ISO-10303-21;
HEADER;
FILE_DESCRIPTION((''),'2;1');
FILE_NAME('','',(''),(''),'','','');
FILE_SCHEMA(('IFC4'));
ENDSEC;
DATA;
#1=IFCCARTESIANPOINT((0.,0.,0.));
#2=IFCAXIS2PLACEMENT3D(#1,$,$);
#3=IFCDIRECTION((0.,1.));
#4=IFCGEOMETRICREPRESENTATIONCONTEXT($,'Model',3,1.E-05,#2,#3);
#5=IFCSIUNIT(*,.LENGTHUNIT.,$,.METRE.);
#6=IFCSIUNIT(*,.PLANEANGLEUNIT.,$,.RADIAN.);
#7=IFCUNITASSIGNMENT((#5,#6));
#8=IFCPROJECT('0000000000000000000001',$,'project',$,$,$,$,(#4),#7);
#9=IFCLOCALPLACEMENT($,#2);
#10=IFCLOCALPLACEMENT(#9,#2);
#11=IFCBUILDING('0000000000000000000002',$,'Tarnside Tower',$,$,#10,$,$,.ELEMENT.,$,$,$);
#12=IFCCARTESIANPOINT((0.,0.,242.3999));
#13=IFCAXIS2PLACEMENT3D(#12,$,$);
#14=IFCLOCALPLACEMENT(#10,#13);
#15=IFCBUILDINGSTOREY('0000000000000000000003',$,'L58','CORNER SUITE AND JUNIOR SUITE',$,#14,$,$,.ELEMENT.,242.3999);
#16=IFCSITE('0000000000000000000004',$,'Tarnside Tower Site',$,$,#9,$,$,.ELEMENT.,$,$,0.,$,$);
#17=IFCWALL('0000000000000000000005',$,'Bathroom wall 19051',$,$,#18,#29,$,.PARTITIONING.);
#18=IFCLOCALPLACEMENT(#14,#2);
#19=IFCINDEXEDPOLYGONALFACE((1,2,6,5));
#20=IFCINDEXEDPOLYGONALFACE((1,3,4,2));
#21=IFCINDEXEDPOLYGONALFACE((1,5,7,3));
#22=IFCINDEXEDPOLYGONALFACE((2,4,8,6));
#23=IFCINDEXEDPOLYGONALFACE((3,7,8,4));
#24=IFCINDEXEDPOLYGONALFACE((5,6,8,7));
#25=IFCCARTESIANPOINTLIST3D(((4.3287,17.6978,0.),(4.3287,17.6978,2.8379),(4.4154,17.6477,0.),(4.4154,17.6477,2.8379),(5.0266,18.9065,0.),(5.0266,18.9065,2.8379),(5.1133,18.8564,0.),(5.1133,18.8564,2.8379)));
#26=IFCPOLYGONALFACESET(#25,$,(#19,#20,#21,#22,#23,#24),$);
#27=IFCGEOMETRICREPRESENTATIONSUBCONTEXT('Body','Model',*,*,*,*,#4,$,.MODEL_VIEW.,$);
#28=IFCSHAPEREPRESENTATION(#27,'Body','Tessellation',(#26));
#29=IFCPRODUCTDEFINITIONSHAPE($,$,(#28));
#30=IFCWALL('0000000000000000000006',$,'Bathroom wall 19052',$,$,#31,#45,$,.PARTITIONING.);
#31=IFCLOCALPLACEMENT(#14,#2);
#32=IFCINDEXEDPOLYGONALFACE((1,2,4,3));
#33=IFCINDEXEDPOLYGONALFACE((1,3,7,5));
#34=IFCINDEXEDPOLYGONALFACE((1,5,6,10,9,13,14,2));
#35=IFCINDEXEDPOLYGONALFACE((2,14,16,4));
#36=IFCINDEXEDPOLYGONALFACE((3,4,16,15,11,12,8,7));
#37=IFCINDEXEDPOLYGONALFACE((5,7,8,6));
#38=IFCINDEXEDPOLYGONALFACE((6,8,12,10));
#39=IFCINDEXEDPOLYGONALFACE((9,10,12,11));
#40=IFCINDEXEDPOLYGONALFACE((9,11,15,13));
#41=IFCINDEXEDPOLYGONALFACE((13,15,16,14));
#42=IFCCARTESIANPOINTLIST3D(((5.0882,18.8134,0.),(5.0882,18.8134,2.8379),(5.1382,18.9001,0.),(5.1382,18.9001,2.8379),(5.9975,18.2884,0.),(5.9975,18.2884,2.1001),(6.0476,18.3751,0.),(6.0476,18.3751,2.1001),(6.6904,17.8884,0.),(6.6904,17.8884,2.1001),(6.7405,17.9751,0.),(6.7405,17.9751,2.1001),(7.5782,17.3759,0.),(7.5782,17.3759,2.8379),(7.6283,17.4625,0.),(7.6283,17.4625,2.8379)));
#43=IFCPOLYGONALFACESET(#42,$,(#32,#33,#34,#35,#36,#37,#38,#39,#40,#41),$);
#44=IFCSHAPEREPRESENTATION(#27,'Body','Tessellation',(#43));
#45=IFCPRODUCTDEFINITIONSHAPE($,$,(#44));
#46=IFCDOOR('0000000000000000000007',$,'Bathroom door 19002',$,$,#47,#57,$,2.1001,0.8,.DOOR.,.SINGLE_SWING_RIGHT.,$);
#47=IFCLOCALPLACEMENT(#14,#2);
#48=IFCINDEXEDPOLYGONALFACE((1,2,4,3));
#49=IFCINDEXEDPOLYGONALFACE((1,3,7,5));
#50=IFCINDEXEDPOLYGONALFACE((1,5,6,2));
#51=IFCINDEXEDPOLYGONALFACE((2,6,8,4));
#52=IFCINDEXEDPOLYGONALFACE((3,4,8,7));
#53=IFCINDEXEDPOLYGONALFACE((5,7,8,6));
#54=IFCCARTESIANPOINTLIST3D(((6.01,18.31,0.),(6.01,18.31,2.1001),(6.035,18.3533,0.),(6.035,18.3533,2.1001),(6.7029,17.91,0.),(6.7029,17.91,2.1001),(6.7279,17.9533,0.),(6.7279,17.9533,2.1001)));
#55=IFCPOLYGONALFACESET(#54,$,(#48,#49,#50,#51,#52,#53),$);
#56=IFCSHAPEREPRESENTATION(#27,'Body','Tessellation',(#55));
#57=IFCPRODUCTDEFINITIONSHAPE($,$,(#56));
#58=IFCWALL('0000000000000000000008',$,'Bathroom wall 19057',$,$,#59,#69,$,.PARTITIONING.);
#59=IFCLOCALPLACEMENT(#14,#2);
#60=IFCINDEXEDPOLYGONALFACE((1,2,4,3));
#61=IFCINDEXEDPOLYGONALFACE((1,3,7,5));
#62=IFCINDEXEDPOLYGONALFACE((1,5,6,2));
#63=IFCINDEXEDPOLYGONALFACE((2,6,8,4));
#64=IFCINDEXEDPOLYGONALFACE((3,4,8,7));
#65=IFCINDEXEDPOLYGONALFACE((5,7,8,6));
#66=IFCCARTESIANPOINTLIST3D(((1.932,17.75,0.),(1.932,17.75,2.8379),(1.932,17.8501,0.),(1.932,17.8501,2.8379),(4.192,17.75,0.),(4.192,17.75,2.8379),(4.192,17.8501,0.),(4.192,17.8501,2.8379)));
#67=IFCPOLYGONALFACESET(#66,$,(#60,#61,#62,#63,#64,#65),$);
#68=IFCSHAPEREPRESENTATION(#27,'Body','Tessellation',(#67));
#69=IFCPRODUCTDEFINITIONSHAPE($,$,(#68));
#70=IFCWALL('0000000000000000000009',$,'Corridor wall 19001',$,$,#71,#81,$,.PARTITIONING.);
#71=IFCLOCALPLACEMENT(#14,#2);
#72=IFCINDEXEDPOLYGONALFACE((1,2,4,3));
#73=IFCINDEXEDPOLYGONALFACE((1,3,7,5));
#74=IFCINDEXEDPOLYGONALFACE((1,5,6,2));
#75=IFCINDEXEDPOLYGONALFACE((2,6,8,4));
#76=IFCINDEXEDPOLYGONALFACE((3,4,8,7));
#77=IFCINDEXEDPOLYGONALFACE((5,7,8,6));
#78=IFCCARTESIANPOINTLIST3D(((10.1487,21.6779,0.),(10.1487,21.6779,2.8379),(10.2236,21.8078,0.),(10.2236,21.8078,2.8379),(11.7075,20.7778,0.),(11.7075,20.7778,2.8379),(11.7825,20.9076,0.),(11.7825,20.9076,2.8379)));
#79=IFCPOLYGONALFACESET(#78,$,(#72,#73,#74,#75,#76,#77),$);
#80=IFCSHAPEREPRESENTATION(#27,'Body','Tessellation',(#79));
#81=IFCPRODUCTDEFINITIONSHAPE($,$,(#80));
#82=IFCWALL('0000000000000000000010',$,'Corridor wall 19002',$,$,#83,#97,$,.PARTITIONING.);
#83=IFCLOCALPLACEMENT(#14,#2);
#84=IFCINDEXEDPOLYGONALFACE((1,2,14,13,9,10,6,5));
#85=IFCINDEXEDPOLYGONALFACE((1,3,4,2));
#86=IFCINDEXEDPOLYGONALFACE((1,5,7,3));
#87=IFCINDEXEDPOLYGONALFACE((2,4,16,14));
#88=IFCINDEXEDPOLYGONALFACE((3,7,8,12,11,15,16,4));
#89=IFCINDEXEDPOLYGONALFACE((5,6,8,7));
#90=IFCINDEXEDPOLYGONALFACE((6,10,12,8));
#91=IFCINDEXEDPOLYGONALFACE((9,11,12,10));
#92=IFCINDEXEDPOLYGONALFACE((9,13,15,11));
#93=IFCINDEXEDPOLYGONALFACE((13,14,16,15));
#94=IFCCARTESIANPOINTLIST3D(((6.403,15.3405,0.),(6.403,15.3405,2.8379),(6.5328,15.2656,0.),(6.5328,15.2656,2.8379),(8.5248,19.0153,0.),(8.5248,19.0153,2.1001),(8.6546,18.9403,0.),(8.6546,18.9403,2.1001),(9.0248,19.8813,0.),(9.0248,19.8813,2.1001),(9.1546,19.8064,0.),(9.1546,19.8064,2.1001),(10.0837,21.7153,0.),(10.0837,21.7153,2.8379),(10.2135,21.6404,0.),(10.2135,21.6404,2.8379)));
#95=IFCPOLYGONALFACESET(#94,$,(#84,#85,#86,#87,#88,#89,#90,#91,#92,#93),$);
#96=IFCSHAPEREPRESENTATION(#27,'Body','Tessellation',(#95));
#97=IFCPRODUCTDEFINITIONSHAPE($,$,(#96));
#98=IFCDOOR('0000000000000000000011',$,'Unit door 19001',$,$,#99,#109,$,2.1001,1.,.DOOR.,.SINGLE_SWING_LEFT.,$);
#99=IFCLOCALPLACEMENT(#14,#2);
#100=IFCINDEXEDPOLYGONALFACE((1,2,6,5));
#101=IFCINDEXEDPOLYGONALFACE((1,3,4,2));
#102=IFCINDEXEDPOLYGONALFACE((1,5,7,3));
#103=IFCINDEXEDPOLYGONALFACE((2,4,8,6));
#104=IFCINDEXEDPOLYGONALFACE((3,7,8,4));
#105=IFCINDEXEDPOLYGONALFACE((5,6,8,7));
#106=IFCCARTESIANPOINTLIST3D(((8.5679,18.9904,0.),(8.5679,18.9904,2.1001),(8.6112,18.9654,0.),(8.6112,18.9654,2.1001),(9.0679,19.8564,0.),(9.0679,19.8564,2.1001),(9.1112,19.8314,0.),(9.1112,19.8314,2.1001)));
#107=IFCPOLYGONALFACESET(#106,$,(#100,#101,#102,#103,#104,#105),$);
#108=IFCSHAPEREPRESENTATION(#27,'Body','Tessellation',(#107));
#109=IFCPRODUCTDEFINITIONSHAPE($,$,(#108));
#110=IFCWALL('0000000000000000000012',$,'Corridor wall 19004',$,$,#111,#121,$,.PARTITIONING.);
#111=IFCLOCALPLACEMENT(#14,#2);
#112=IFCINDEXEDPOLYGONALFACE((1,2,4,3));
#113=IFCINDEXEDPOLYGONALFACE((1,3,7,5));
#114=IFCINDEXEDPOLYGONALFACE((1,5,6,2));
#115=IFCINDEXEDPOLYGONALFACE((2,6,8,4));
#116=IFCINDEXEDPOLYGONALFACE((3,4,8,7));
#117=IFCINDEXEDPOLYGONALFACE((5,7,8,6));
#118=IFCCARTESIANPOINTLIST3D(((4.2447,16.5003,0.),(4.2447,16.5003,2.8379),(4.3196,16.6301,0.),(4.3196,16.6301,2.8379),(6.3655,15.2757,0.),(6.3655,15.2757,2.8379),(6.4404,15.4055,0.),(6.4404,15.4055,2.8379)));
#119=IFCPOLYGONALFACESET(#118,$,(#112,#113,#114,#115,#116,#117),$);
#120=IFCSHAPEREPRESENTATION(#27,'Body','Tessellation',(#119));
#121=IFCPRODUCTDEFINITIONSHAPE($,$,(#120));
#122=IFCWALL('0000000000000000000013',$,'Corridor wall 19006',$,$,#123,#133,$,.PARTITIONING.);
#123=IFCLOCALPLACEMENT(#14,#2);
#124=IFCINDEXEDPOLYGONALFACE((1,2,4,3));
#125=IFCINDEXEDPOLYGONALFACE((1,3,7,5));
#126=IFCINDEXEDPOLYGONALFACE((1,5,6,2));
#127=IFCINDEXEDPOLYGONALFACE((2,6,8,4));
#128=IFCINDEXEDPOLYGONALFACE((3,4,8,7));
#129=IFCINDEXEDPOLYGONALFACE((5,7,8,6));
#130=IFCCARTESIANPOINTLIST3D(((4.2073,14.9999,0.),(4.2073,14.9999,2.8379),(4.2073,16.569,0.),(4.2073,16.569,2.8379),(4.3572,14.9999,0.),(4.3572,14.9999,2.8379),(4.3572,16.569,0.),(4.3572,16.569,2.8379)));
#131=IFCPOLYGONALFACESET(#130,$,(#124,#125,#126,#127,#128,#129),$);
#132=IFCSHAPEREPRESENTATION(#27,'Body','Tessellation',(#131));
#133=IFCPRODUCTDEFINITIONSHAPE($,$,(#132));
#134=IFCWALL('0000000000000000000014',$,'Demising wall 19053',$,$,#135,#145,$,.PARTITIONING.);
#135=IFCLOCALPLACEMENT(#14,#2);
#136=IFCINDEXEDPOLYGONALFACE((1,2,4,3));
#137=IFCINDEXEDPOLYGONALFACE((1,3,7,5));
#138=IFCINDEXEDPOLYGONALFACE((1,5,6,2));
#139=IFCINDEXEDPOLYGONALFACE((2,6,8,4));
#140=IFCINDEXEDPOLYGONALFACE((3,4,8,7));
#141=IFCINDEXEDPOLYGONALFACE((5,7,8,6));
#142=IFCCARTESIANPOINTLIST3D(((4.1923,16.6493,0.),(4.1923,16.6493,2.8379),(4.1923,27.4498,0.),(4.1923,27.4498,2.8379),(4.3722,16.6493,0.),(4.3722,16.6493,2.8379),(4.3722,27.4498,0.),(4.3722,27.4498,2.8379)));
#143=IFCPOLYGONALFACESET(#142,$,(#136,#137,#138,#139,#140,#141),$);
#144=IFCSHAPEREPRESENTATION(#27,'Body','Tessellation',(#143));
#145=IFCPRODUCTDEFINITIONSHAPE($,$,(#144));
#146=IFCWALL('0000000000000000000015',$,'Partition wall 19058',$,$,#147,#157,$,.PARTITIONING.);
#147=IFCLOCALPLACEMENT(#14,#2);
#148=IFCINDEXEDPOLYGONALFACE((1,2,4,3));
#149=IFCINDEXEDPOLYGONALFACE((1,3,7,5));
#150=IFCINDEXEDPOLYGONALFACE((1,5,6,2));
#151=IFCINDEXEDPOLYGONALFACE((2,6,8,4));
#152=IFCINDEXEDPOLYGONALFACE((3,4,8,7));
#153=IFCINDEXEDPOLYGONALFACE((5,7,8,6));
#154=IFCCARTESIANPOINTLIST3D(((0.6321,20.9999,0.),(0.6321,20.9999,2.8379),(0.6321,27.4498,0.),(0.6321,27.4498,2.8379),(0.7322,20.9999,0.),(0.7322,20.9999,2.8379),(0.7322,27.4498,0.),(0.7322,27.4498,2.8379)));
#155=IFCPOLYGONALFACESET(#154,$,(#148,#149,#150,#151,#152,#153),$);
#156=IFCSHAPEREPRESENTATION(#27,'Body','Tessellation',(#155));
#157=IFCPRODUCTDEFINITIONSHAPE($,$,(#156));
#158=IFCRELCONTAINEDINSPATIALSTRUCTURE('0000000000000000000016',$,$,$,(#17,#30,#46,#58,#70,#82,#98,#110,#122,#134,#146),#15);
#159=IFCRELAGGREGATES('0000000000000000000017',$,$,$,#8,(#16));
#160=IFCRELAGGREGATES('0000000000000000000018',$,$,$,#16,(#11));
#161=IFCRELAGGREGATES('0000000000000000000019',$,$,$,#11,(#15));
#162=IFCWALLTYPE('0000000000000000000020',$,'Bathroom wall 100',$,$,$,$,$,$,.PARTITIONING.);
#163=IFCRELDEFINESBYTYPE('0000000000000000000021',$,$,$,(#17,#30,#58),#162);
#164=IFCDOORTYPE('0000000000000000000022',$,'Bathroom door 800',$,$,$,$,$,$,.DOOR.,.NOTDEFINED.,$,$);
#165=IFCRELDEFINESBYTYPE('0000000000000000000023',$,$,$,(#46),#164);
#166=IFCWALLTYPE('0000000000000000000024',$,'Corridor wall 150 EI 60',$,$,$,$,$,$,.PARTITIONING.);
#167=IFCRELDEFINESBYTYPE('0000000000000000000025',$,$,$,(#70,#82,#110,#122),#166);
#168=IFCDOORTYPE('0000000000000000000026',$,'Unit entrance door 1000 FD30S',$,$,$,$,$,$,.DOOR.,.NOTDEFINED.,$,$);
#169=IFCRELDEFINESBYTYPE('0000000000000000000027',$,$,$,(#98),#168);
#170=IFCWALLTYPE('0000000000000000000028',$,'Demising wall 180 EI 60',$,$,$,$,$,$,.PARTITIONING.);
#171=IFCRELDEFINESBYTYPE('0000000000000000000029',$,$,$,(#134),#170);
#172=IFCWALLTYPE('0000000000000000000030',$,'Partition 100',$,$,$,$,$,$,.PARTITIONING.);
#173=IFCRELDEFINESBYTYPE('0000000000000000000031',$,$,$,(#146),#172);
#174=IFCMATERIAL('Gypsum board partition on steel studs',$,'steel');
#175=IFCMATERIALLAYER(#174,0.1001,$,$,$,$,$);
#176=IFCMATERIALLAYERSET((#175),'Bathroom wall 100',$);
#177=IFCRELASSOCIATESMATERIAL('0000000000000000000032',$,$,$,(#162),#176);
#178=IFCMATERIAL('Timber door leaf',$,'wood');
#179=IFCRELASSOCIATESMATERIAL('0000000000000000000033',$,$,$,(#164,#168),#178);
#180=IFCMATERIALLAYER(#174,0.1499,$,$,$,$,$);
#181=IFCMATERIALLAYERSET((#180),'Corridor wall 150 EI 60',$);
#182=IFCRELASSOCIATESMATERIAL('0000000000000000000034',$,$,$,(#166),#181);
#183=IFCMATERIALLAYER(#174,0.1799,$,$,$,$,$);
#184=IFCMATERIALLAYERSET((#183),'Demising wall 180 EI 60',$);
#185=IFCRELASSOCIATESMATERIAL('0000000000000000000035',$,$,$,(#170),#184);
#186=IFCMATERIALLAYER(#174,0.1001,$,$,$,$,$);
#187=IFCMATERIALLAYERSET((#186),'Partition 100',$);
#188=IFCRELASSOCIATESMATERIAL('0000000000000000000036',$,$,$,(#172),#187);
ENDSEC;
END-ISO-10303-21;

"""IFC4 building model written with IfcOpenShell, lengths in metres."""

from ifc_helpers import new_model, si_unit, direction, frame, frame_2d, origin, place, context, subcontext, project, spatial, rectangle, extrude, material, layer, layer_set, type_object, element, fill, save


model = new_model("IFC4")

# Units and contexts
model_context = context("Model", 3, precision=1e-05, world=origin(), true_north=direction((0.0, 1.0)))
body_context = subcontext(model_context, "Body", "Model", "MODEL_VIEW")
ifc_project = project(units=[si_unit("LENGTHUNIT", "METRE"), si_unit("PLANEANGLEUNIT", "RADIAN")], contexts=[model_context])

# Site, building, storey
site_placement = place(None, origin())
site = spatial("IfcSite", under=ifc_project, at=site_placement, Name="Tarnside Tower Site", CompositionType="ELEMENT", RefElevation=0.0)
building_placement = place(site_placement, origin())
building = spatial("IfcBuilding", under=site, at=building_placement, Name="Tarnside Tower", CompositionType="ELEMENT")
storey_placement = place(building_placement, frame((0.0, 0.0, 242.3999)))
storey = spatial("IfcBuildingStorey", under=building, at=storey_placement, Name="L58", Description="CORNER SUITE AND JUNIOR SUITE", CompositionType="ELEMENT", Elevation=242.3999)

# Wall
ifc_material_1 = material(Name="Gypsum board partition on steel studs", Category="steel")
ifc_layer_1 = layer(ifc_material_1, 0.1001)
ifc_layer_set_1 = layer_set([ifc_layer_1], Name="Bathroom wall 100")
wall_type_1 = type_object("IfcWallType", Name="Bathroom wall 100", PredefinedType="PARTITIONING", material=ifc_layer_set_1)
wall_1_placement = place(storey_placement, frame((4.3721, 17.6729, 0.0), z_axis=(0.0, 0.0, 1.0), x_axis=(0.500071, 0.865985, 0.0)))
element("IfcWall", 1, at=wall_1_placement, inside=storey, type_object=wall_type_1, Name="Bathroom wall 19051", PredefinedType="PARTITIONING", context=body_context, shape_type="SweptSolid", body=[
    extrude(rectangle(XDim=1.3958, YDim=0.1001, at=frame_2d((0.6978, 0.0))), origin(), (0.0, 0.0, 1.0), 2.8379),
])

# Wall, opening, door
wall_2_placement = place(storey_placement, frame((5.1133, 18.8567, 0.0), z_axis=(0.0, 0.0, 1.0), x_axis=(0.86604, -0.499975, 0.0)))
wall_2 = element("IfcWall", 2, at=wall_2_placement, inside=storey, type_object=wall_type_1, Name="Bathroom wall 19052", PredefinedType="PARTITIONING", context=body_context, shape_type="SweptSolid", body=[
    extrude(rectangle(XDim=2.8752, YDim=0.1001, at=frame_2d((1.4375, 0.0))), origin(), (0.0, 0.0, 1.0), 2.8379),
])
opening_1_placement = place(wall_2_placement, frame((1.05, 0.0, 0.0)))
opening_1 = element("IfcOpeningElement", 3, at=opening_1_placement, cuts=wall_2, PredefinedType="OPENING", context=body_context, shape_type="SweptSolid", body=[
    extrude(rectangle(XDim=0.8, YDim=2.1001, at=frame_2d((0.3999, 1.05))), frame((0.0, 0.0601, 0.0), z_axis=(0.0, -1.0, 0.0), x_axis=(1.0, 0.0, 0.0)), (0.0, 0.0, 1.0), 0.1201),
])
ifc_material_2 = material(Name="Timber door leaf", Category="wood")
door_type_1 = type_object("IfcDoorType", Name="Bathroom door 800", OperationType="NOTDEFINED", PredefinedType="DOOR", material=ifc_material_2)
door_1_placement = place(opening_1_placement, origin())
door_1 = element("IfcDoor", 4, at=door_1_placement, inside=storey, type_object=door_type_1, Name="Bathroom door 19002", OperationType="SINGLE_SWING_RIGHT", OverallHeight=2.1001, OverallWidth=0.8, PredefinedType="DOOR", context=body_context, shape_type="SweptSolid", body=[
    extrude(rectangle(XDim=0.8, YDim=2.1001, at=frame_2d((0.3999, 1.05))), frame((0.0, 0.0249, 0.0), z_axis=(0.0, -1.0, 0.0), x_axis=(1.0, 0.0, 0.0)), (0.0, 0.0, 1.0), 0.05),
])
fill(opening_1, door_1)

# Walls
wall_3_placement = place(storey_placement, frame((1.9321, 17.8, 0.0), z_axis=(0.0, 0.0, 1.0), x_axis=(1.0, 0.0, 0.0)))
element("IfcWall", 5, at=wall_3_placement, inside=storey, type_object=wall_type_1, Name="Bathroom wall 19057", PredefinedType="PARTITIONING", context=body_context, shape_type="SweptSolid", body=[
    extrude(rectangle(XDim=2.26, YDim=0.1001, at=frame_2d((1.1299, 0.0))), origin(), (0.0, 0.0, 1.0), 2.8379),
])
ifc_layer_2 = layer(ifc_material_1, 0.1499)
ifc_layer_set_2 = layer_set([ifc_layer_2], Name="Corridor wall 150 EI 60")
wall_type_2 = type_object("IfcWallType", Name="Corridor wall 150 EI 60", PredefinedType="PARTITIONING", material=ifc_layer_set_2)
wall_4_placement = place(storey_placement, frame((11.7449, 20.8428, 0.0), z_axis=(0.0, 0.0, 1.0), x_axis=(-0.865989, 0.500063, 0.0)))
element("IfcWall", 6, at=wall_4_placement, inside=storey, type_object=wall_type_2, Name="Corridor wall 19001", PredefinedType="PARTITIONING", context=body_context, shape_type="SweptSolid", body=[
    extrude(rectangle(XDim=1.8, YDim=0.1499, at=frame_2d((0.8999, 0.0))), origin(), (0.0, 0.0, 1.0), 2.8379),
])

# Wall, opening, door
wall_5_placement = place(storey_placement, frame((10.1487, 21.678, 0.0), z_axis=(0.0, 0.0, 1.0), x_axis=(-0.50002, -0.866014, 0.0)))
wall_5 = element("IfcWall", 7, at=wall_5_placement, inside=storey, type_object=wall_type_2, Name="Corridor wall 19002", PredefinedType="PARTITIONING", context=body_context, shape_type="SweptSolid", body=[
    extrude(rectangle(XDim=7.3611, YDim=0.1499, at=frame_2d((3.6807, 0.0))), origin(), (0.0, 0.0, 1.0), 2.8379),
])
opening_2_placement = place(wall_5_placement, frame((2.1179, 0.0, 0.0)))
opening_2 = element("IfcOpeningElement", 8, at=opening_2_placement, cuts=wall_5, PredefinedType="OPENING", context=body_context, shape_type="SweptSolid", body=[
    extrude(rectangle(XDim=1.0, YDim=2.1001, at=frame_2d((0.5, 1.05))), frame((0.0, 0.085, 0.0), z_axis=(0.0, -1.0, 0.0), x_axis=(1.0, 0.0, 0.0)), (0.0, 0.0, 1.0), 0.1699),
])
door_type_2 = type_object("IfcDoorType", Name="Unit entrance door 1000 FD30S", OperationType="NOTDEFINED", PredefinedType="DOOR", material=ifc_material_2)
door_2_placement = place(opening_2_placement, origin())
door_2 = element("IfcDoor", 9, at=door_2_placement, inside=storey, type_object=door_type_2, Name="Unit door 19001", OperationType="SINGLE_SWING_LEFT", OverallHeight=2.1001, OverallWidth=1.0, PredefinedType="DOOR", context=body_context, shape_type="SweptSolid", body=[
    extrude(rectangle(XDim=1.0, YDim=2.1001, at=frame_2d((0.5, 1.05))), frame((0.0, 0.0249, 0.0), z_axis=(0.0, -1.0, 0.0), x_axis=(1.0, 0.0, 0.0)), (0.0, 0.0, 1.0), 0.05),
])
fill(opening_2, door_2)

# Walls
wall_6_placement = place(storey_placement, frame((6.4031, 15.3406, 0.0), z_axis=(0.0, 0.0, 1.0), x_axis=(-0.866001, 0.500042, 0.0)))
element("IfcWall", 10, at=wall_6_placement, inside=storey, type_object=wall_type_2, Name="Corridor wall 19004", PredefinedType="PARTITIONING", context=body_context, shape_type="SweptSolid", body=[
    extrude(rectangle(XDim=2.449, YDim=0.1499, at=frame_2d((1.2246, 0.0))), origin(), (0.0, 0.0, 1.0), 2.8379),
])
wall_7_placement = place(storey_placement, frame((4.2822, 16.5691, 0.0), z_axis=(0.0, 0.0, 1.0), x_axis=(0.0, -1.0, 0.0)))
element("IfcWall", 11, at=wall_7_placement, inside=storey, type_object=wall_type_2, Name="Corridor wall 19006", PredefinedType="PARTITIONING", context=body_context, shape_type="SweptSolid", body=[
    extrude(rectangle(XDim=1.5691, YDim=0.1499, at=frame_2d((0.7847, 0.0))), origin(), (0.0, 0.0, 1.0), 2.8379),
])
ifc_layer_3 = layer(ifc_material_1, 0.1799)
ifc_layer_set_3 = layer_set([ifc_layer_3], Name="Demising wall 180 EI 60")
wall_type_3 = type_object("IfcWallType", Name="Demising wall 180 EI 60", PredefinedType="PARTITIONING", material=ifc_layer_set_3)
wall_8_placement = place(storey_placement, frame((4.2822, 27.45, 0.0), z_axis=(0.0, 0.0, 1.0), x_axis=(0.0, -1.0, 0.0)))
element("IfcWall", 12, at=wall_8_placement, inside=storey, type_object=wall_type_3, Name="Demising wall 19053", PredefinedType="PARTITIONING", context=body_context, shape_type="SweptSolid", body=[
    extrude(rectangle(XDim=10.8005, YDim=0.1799, at=frame_2d((5.4004, 0.0))), origin(), (0.0, 0.0, 1.0), 2.8379),
])
ifc_layer_4 = layer(ifc_material_1, 0.1001)
ifc_layer_set_4 = layer_set([ifc_layer_4], Name="Partition 100")
wall_type_4 = type_object("IfcWallType", Name="Partition 100", PredefinedType="PARTITIONING", material=ifc_layer_set_4)
wall_9_placement = place(storey_placement, frame((0.6821, 27.45, 0.0), z_axis=(0.0, 0.0, 1.0), x_axis=(0.0, -1.0, 0.0)))
element("IfcWall", 13, at=wall_9_placement, inside=storey, type_object=wall_type_4, Name="Partition wall 19058", PredefinedType="PARTITIONING", context=body_context, shape_type="SweptSolid", body=[
    extrude(rectangle(XDim=6.45, YDim=0.1001, at=frame_2d((3.2251, 0.0))), origin(), (0.0, 0.0, 1.0), 2.8379),
])

save(model, "model.ifc")
